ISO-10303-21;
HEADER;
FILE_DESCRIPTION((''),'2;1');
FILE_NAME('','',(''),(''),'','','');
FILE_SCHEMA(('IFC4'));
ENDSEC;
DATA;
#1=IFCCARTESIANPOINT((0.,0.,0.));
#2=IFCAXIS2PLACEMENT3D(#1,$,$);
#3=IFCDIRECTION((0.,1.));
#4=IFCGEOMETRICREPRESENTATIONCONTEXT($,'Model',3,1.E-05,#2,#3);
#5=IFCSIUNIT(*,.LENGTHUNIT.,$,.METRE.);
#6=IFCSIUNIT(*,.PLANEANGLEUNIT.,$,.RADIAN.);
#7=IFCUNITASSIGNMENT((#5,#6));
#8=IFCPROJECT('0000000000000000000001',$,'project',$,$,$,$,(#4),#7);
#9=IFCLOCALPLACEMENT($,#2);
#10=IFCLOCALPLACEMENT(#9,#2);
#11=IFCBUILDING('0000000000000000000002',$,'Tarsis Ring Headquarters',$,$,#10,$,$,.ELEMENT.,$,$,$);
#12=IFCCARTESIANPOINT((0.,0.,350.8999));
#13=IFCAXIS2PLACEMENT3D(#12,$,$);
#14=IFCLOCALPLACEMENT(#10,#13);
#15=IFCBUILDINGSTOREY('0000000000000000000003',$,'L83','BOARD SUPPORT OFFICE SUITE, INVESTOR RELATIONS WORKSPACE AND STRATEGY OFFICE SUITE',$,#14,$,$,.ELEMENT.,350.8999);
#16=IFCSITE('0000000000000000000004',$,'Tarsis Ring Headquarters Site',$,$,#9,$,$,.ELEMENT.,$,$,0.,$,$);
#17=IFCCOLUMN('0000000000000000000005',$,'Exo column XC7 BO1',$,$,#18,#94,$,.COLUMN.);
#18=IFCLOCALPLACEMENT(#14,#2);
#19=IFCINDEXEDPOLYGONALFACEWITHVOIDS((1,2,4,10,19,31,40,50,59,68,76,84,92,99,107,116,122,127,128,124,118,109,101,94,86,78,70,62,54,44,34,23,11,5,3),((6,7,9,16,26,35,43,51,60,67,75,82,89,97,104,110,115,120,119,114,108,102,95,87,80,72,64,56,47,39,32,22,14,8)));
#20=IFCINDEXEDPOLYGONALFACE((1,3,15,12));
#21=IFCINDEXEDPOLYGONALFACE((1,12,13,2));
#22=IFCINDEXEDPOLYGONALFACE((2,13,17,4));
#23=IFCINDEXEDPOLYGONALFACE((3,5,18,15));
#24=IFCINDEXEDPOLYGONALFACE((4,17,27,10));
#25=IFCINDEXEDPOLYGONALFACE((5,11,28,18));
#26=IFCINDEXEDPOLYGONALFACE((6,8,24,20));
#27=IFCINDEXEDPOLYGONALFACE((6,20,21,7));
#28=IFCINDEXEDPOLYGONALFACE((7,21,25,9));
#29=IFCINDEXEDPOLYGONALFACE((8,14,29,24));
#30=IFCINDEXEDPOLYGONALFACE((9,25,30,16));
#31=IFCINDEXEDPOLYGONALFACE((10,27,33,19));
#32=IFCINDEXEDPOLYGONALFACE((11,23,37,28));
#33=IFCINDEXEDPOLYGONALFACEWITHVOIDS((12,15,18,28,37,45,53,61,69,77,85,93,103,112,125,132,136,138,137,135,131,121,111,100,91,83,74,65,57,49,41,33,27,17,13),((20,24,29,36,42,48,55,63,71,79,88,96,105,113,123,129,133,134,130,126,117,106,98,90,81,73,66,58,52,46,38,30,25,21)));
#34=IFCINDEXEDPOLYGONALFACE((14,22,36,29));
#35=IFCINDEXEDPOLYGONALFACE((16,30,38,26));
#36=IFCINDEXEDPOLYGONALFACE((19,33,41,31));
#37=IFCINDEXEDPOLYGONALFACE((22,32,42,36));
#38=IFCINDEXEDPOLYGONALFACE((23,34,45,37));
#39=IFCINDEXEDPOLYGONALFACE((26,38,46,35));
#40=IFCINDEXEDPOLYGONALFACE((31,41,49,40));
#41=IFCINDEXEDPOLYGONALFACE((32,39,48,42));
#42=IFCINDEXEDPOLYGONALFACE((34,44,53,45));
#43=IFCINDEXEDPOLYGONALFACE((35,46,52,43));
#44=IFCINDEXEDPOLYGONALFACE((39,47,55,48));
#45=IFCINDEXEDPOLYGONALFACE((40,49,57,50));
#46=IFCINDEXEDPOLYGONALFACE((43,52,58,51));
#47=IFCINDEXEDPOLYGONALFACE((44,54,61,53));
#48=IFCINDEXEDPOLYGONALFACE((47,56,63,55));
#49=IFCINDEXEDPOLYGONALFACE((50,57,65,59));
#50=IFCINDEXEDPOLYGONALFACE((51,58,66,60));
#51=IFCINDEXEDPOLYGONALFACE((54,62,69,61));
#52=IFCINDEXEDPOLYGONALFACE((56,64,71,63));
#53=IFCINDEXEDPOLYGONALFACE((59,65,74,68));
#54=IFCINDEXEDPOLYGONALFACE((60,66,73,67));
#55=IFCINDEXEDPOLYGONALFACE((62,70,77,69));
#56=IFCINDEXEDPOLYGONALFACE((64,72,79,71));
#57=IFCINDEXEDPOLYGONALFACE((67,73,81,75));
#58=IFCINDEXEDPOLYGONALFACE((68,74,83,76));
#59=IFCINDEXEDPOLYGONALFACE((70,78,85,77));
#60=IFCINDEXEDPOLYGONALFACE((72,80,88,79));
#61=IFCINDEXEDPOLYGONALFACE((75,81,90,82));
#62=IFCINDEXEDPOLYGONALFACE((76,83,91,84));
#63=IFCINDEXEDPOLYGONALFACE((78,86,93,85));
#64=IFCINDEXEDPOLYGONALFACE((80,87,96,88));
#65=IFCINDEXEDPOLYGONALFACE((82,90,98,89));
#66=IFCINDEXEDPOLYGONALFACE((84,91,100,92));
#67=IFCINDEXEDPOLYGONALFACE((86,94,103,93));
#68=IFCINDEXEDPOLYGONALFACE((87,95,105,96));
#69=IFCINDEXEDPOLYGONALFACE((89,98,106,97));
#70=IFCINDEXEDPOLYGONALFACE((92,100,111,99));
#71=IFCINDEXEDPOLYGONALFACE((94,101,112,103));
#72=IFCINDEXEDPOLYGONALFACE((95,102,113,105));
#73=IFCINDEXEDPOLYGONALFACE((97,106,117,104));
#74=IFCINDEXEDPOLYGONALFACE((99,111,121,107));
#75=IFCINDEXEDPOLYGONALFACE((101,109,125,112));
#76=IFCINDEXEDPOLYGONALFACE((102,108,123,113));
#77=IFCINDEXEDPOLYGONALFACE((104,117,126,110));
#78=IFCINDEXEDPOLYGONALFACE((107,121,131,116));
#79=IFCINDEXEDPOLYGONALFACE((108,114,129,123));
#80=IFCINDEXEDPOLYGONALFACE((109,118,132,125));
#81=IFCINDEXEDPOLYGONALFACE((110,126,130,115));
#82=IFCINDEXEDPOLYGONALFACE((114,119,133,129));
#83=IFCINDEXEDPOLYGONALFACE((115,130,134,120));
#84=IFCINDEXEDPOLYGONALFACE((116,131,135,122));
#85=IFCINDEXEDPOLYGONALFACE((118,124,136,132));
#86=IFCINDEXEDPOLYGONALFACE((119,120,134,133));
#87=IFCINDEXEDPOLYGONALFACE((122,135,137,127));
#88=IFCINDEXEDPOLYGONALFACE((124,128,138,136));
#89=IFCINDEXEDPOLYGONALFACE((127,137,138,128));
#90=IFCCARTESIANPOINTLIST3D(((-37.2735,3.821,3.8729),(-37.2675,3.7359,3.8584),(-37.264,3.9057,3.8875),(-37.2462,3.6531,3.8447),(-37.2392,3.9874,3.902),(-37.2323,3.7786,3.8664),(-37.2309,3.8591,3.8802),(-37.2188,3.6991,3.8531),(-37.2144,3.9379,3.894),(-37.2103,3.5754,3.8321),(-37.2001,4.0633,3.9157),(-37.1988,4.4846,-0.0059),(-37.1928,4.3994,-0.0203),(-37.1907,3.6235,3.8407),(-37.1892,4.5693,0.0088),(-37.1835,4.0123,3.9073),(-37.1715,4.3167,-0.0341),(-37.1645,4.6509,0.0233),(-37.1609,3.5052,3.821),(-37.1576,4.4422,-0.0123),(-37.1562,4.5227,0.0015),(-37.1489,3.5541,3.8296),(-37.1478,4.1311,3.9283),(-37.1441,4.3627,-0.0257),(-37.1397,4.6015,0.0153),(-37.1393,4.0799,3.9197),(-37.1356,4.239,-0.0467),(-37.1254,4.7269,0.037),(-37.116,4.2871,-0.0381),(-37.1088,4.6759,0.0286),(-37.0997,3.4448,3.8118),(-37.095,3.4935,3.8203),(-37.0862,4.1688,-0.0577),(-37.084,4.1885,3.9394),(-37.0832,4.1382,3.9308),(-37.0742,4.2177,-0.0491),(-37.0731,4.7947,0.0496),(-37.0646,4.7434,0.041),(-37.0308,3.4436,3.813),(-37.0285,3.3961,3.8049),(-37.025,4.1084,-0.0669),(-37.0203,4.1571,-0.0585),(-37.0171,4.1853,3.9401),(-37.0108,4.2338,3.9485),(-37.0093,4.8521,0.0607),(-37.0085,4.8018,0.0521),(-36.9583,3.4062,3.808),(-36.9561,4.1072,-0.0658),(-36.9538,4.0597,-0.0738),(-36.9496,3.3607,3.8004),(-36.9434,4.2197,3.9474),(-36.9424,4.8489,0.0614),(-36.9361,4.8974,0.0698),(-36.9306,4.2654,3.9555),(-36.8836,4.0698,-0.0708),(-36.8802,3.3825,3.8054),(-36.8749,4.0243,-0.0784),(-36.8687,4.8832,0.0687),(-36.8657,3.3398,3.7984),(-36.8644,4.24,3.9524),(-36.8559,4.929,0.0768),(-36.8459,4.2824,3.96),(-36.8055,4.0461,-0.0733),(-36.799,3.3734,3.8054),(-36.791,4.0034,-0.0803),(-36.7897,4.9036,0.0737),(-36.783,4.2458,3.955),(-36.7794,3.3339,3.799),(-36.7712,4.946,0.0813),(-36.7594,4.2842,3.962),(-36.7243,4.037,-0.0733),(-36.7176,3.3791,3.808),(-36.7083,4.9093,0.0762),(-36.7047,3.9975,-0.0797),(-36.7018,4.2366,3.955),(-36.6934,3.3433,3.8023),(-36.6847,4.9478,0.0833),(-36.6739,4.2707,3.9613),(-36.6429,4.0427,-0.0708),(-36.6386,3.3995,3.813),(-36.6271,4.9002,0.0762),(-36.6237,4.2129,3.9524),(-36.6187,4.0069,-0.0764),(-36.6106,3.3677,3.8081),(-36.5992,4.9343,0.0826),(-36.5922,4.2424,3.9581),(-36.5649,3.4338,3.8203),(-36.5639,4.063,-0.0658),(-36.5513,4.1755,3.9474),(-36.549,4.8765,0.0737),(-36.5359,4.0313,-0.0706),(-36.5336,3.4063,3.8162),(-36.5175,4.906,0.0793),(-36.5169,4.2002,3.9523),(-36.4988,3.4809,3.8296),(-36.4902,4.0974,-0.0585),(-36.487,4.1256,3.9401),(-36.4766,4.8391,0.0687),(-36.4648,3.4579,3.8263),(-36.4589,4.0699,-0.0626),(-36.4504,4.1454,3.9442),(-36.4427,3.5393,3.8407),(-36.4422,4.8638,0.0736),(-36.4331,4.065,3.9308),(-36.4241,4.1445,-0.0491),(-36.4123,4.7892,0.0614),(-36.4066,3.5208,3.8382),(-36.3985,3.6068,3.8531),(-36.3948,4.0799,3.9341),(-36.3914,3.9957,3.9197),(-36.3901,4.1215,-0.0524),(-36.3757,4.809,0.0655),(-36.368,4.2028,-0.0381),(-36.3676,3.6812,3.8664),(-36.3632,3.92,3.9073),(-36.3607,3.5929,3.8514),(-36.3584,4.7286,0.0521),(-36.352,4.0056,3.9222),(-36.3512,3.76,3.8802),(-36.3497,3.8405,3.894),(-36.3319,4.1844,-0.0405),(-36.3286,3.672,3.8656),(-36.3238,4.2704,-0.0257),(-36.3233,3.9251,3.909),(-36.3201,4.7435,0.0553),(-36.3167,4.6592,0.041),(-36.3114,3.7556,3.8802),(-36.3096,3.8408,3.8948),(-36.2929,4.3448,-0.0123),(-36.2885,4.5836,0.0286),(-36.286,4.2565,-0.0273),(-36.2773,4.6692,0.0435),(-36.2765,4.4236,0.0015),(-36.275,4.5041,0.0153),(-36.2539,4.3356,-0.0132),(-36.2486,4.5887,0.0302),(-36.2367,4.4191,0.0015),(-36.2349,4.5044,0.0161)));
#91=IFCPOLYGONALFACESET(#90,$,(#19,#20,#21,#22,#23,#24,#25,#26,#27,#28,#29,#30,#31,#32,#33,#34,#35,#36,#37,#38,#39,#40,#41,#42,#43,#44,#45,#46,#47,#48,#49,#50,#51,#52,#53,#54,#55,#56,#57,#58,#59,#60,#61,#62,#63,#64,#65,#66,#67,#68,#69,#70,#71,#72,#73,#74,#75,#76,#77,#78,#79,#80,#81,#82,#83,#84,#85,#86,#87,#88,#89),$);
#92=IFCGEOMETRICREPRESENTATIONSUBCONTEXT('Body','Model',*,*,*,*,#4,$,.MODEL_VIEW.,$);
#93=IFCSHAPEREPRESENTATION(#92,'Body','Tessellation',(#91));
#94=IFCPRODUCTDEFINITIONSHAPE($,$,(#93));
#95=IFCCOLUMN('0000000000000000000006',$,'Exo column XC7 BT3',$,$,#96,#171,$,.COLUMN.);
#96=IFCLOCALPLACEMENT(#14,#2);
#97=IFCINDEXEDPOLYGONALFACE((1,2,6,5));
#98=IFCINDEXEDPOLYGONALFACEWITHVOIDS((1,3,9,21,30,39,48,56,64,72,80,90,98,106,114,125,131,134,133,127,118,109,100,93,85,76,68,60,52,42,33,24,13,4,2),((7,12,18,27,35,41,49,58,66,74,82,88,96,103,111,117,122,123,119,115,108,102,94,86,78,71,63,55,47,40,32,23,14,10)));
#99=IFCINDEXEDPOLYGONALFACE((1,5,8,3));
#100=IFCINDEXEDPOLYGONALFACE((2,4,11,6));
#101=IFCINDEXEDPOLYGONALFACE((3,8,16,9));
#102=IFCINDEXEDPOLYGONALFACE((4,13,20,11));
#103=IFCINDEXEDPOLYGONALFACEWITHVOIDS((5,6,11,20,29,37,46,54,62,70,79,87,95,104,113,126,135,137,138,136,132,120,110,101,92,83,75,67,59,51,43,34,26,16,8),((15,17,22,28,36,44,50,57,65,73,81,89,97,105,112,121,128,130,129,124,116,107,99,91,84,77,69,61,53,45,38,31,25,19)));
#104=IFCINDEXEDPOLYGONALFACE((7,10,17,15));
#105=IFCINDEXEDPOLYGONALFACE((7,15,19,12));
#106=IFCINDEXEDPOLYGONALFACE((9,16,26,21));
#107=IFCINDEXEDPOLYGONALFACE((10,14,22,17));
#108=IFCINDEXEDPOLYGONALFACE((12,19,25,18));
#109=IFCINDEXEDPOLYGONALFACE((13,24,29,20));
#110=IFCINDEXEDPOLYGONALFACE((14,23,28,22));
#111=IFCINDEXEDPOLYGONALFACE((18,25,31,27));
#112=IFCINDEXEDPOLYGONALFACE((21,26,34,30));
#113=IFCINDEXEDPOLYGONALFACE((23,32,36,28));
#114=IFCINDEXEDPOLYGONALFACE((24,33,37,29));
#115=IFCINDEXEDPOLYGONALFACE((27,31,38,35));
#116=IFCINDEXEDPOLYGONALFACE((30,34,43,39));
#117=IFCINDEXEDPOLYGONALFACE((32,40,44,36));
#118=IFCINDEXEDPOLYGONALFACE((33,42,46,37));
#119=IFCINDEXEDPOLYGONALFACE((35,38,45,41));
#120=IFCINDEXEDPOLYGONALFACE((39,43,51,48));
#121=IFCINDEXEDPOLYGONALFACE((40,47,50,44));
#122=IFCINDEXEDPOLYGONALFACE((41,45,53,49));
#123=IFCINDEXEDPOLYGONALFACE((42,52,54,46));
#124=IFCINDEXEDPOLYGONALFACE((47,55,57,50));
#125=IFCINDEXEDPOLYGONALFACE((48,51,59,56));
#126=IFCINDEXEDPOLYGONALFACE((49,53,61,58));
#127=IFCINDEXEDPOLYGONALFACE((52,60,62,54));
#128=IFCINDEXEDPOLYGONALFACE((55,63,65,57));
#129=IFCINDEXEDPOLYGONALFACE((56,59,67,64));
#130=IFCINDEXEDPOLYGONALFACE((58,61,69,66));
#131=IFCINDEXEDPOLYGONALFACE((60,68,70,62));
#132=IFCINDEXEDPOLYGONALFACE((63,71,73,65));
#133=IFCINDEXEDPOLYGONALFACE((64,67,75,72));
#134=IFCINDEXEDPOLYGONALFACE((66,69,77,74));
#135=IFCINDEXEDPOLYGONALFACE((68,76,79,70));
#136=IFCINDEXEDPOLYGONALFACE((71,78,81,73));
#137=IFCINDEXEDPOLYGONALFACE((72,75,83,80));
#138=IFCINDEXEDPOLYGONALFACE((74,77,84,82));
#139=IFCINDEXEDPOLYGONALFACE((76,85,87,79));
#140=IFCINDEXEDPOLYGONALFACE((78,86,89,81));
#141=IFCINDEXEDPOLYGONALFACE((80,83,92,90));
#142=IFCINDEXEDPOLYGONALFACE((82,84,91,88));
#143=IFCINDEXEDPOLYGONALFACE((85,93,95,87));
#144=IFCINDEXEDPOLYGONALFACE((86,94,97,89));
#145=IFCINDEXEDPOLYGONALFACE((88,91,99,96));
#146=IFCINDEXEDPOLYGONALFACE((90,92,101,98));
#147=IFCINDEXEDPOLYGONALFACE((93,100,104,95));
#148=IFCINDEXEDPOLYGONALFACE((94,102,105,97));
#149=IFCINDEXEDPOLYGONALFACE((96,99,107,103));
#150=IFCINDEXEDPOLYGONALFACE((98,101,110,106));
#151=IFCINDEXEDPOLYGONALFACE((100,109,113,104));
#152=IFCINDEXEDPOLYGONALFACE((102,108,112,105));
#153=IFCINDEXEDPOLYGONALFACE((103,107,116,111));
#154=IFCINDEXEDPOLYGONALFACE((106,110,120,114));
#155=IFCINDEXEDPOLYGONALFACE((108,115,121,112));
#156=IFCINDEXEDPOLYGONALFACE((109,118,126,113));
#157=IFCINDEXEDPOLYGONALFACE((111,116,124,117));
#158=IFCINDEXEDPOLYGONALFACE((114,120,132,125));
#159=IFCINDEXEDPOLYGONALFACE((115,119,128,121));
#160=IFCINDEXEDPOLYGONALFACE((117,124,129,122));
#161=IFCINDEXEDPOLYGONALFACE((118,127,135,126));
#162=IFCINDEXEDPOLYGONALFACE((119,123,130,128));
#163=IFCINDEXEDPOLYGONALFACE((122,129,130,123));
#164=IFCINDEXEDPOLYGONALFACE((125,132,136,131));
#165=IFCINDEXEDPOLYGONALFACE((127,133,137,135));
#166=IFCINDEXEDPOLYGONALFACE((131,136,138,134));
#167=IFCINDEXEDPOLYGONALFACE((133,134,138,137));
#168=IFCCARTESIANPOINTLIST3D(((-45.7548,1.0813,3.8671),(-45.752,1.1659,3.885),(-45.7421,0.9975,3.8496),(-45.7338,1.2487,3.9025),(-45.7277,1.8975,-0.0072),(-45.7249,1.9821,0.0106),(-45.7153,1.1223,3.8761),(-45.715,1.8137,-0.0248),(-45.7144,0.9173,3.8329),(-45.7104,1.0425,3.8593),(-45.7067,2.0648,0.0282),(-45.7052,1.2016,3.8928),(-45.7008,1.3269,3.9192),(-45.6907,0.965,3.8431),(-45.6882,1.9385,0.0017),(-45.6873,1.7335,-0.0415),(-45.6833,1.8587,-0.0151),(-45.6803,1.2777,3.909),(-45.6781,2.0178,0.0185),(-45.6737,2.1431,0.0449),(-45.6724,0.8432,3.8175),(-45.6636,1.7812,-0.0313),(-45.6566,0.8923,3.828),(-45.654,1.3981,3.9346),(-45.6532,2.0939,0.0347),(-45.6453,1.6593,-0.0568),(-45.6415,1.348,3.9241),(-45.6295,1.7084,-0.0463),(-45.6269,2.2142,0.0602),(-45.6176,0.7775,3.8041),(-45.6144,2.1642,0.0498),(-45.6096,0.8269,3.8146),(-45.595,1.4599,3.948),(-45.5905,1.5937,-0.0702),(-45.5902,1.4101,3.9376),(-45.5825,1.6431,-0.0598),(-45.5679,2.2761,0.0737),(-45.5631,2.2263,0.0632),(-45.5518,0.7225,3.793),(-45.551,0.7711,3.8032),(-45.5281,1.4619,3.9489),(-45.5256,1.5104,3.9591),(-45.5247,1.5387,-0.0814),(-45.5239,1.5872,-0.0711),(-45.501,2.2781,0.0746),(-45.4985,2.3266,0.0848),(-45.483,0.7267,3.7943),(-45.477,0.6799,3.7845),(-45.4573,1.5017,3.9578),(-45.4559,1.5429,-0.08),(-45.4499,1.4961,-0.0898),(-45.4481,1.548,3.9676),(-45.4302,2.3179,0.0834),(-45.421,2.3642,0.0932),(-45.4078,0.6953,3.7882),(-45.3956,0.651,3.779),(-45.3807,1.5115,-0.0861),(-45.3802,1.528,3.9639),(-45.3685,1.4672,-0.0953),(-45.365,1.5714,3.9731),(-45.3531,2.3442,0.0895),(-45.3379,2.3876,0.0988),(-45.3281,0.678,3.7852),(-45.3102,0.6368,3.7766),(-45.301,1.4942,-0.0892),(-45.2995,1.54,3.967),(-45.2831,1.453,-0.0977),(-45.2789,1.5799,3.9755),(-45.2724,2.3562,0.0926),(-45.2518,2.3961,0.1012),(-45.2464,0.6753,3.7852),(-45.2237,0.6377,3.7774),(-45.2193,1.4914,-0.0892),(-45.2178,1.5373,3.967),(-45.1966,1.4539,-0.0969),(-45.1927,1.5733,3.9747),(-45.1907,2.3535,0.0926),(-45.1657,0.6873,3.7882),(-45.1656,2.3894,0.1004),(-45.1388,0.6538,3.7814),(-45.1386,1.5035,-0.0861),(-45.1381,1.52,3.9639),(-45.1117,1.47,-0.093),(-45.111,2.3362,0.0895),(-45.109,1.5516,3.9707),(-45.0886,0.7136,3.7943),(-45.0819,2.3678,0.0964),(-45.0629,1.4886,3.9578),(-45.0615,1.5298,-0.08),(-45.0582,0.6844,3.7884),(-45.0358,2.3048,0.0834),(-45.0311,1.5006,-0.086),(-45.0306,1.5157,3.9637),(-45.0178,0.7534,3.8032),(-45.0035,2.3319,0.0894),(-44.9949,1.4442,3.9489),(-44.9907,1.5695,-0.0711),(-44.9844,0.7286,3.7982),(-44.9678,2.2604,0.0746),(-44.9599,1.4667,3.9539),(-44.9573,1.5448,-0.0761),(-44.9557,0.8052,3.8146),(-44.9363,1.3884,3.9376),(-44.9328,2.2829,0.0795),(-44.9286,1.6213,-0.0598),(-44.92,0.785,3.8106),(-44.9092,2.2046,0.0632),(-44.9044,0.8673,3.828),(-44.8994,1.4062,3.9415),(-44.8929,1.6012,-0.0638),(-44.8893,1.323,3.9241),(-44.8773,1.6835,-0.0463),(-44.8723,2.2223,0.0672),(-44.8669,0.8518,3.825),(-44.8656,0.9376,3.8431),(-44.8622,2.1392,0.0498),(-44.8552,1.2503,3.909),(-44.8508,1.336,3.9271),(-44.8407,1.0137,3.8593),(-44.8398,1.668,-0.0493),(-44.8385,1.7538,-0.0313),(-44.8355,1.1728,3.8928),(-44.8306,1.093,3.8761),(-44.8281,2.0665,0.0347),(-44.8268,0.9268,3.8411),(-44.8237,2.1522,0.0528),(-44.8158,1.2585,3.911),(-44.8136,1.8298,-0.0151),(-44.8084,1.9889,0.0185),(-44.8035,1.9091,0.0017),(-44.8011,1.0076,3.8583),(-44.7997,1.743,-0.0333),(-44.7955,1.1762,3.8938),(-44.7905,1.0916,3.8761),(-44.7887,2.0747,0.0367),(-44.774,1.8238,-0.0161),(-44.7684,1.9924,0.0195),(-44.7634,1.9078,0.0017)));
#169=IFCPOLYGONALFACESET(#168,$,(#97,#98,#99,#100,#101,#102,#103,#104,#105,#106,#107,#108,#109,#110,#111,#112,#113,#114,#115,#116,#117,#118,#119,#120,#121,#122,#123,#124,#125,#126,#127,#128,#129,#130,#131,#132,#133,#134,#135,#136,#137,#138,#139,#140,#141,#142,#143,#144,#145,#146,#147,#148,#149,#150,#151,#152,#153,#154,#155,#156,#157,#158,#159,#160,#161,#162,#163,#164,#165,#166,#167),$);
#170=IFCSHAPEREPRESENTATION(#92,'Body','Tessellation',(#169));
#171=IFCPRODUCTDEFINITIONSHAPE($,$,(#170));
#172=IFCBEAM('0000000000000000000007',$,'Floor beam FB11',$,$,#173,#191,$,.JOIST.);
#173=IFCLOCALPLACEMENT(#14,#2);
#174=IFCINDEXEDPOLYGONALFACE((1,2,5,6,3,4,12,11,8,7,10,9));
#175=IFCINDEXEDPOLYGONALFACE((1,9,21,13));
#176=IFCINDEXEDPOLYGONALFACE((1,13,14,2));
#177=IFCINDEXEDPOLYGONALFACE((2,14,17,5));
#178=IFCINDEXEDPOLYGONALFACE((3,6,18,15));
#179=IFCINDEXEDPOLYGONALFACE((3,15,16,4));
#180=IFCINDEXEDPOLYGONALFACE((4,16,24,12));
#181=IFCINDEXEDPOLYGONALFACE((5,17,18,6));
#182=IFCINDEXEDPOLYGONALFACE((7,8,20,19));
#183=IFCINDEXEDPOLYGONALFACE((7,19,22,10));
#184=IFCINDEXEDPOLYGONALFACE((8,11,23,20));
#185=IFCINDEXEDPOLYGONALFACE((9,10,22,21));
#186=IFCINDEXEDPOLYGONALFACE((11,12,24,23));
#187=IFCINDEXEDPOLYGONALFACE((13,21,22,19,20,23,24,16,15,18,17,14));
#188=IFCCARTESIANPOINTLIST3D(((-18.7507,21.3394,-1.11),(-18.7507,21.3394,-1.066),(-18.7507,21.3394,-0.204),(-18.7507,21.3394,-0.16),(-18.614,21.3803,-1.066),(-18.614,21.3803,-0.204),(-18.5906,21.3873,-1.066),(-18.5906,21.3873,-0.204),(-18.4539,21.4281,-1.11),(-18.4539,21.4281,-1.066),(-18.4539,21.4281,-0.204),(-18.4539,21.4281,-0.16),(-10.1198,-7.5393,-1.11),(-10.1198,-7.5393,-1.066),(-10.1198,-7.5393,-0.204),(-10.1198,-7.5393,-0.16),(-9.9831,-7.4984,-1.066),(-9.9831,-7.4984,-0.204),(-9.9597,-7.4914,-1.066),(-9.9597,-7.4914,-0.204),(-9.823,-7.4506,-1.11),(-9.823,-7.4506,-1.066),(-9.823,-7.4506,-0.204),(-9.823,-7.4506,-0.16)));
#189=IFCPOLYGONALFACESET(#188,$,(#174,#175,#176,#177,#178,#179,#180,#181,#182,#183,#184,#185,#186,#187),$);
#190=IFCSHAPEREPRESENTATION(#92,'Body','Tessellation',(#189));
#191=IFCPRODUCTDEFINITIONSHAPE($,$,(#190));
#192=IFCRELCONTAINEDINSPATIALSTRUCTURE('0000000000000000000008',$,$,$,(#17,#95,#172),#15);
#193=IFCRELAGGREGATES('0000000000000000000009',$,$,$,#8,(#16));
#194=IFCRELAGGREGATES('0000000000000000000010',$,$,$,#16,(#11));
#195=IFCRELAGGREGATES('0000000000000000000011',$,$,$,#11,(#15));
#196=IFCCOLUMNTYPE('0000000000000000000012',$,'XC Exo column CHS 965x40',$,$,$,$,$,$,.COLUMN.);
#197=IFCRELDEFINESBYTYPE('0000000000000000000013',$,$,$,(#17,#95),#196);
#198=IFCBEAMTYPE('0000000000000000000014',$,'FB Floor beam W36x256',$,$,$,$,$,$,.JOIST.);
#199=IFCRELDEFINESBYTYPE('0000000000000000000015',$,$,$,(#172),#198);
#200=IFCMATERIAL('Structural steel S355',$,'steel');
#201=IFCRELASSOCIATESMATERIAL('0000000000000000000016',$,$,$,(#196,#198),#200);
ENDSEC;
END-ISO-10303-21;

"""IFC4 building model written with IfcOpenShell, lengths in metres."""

from ifc_helpers import new_model, si_unit, direction, frame, origin, origin_2d, place, context, subcontext, project, spatial, hollow_circle, i_section, extrude, material, material_profile, profile_set, type_object, element, save


model = new_model("IFC4")

# Units and contexts
model_context = context("Model", 3, precision=1e-05, world=origin(), true_north=direction((0.0, 1.0)))
body_context = subcontext(model_context, "Body", "Model", "MODEL_VIEW")
ifc_project = project(units=[si_unit("LENGTHUNIT", "METRE"), si_unit("PLANEANGLEUNIT", "RADIAN")], contexts=[model_context])

# Site, building, storey
site_placement = place(None, origin())
site = spatial("IfcSite", under=ifc_project, at=site_placement, Name="Tarsis Ring Headquarters Site", CompositionType="ELEMENT", RefElevation=0.0)
building_placement = place(site_placement, origin())
building = spatial("IfcBuilding", under=site, at=building_placement, Name="Tarsis Ring Headquarters", CompositionType="ELEMENT")
storey_placement = place(building_placement, frame((0.0, 0.0, 350.8999)))
storey = spatial("IfcBuildingStorey", under=building, at=storey_placement, Name="L83", Description="BOARD SUPPORT OFFICE SUITE, INVESTOR RELATIONS WORKSPACE AND STRATEGY OFFICE SUITE", CompositionType="ELEMENT", Elevation=350.8999)

# Columns
ifc_material_1 = material(Name="Structural steel S355", Category="steel")
ifc_material_profile_1 = material_profile(ifc_material_1, hollow_circle(Radius=0.4827, WallThickness=0.04, at=origin_2d()), Name="CHS 965x40")
ifc_profile_set_1 = profile_set([ifc_material_profile_1], Name="Structural steel S355")
column_type = type_object("IfcColumnType", Name="XC Exo column CHS 965x40", PredefinedType="COLUMN", material=ifc_profile_set_1)
column_1_placement = place(storey_placement, frame((-36.7163, 4.4731, 0.0015), z_axis=(-0.018982, -0.168603, 0.985501), x_axis=(0.993722, -0.111876, 0.0)))
element("IfcColumn", 1, at=column_1_placement, inside=storey, type_object=column_type, Name="Exo column XC7 BO1", PredefinedType="COLUMN", context=body_context, shape_type="SweptSolid", body=[
    extrude(hollow_circle(Radius=0.4827, WallThickness=0.04, at=origin_2d()), origin(), (0.0, 0.0, 1.0), 3.9358),
])
column_2_placement = place(storey_placement, frame((-45.2458, 1.9238, 0.0017), z_axis=(-0.006844, -0.206133, 0.9785), x_axis=(0.999449, -0.033185, 0.0)))
element("IfcColumn", 2, at=column_2_placement, inside=storey, type_object=column_type, Name="Exo column XC7 BT3", PredefinedType="COLUMN", context=body_context, shape_type="SweptSolid", body=[
    extrude(hollow_circle(Radius=0.4827, WallThickness=0.04, at=origin_2d()), origin(), (0.0, 0.0, 1.0), 3.9595),
])

# Beam
ifc_material_profile_2 = material_profile(ifc_material_1, i_section(OverallWidth=0.3098, OverallDepth=0.95, WebThickness=0.0244, FlangeThickness=0.0439, at=origin_2d()), Name="W36x256")
ifc_profile_set_2 = profile_set([ifc_material_profile_2], Name="Structural steel S355")
beam_type_1 = type_object("IfcBeamType", Name="FB Floor beam W36x256", PredefinedType="JOIST", material=ifc_profile_set_2)
beam_1_placement = place(storey_placement, frame((-18.6023, 21.3838, -0.635), z_axis=(0.286351, -0.958125, 0.0), x_axis=(0.958125, 0.286351, 0.0)))
element("IfcBeam", 3, at=beam_1_placement, inside=storey, type_object=beam_type_1, Name="Floor beam FB11", PredefinedType="JOIST", context=body_context, shape_type="SweptSolid", body=[
    extrude(i_section(OverallWidth=0.3098, OverallDepth=0.95, WebThickness=0.0244, FlangeThickness=0.0439, at=origin_2d()), origin(), (0.0, 0.0, 1.0), 30.1409),
])

save(model, "model.ifc")
